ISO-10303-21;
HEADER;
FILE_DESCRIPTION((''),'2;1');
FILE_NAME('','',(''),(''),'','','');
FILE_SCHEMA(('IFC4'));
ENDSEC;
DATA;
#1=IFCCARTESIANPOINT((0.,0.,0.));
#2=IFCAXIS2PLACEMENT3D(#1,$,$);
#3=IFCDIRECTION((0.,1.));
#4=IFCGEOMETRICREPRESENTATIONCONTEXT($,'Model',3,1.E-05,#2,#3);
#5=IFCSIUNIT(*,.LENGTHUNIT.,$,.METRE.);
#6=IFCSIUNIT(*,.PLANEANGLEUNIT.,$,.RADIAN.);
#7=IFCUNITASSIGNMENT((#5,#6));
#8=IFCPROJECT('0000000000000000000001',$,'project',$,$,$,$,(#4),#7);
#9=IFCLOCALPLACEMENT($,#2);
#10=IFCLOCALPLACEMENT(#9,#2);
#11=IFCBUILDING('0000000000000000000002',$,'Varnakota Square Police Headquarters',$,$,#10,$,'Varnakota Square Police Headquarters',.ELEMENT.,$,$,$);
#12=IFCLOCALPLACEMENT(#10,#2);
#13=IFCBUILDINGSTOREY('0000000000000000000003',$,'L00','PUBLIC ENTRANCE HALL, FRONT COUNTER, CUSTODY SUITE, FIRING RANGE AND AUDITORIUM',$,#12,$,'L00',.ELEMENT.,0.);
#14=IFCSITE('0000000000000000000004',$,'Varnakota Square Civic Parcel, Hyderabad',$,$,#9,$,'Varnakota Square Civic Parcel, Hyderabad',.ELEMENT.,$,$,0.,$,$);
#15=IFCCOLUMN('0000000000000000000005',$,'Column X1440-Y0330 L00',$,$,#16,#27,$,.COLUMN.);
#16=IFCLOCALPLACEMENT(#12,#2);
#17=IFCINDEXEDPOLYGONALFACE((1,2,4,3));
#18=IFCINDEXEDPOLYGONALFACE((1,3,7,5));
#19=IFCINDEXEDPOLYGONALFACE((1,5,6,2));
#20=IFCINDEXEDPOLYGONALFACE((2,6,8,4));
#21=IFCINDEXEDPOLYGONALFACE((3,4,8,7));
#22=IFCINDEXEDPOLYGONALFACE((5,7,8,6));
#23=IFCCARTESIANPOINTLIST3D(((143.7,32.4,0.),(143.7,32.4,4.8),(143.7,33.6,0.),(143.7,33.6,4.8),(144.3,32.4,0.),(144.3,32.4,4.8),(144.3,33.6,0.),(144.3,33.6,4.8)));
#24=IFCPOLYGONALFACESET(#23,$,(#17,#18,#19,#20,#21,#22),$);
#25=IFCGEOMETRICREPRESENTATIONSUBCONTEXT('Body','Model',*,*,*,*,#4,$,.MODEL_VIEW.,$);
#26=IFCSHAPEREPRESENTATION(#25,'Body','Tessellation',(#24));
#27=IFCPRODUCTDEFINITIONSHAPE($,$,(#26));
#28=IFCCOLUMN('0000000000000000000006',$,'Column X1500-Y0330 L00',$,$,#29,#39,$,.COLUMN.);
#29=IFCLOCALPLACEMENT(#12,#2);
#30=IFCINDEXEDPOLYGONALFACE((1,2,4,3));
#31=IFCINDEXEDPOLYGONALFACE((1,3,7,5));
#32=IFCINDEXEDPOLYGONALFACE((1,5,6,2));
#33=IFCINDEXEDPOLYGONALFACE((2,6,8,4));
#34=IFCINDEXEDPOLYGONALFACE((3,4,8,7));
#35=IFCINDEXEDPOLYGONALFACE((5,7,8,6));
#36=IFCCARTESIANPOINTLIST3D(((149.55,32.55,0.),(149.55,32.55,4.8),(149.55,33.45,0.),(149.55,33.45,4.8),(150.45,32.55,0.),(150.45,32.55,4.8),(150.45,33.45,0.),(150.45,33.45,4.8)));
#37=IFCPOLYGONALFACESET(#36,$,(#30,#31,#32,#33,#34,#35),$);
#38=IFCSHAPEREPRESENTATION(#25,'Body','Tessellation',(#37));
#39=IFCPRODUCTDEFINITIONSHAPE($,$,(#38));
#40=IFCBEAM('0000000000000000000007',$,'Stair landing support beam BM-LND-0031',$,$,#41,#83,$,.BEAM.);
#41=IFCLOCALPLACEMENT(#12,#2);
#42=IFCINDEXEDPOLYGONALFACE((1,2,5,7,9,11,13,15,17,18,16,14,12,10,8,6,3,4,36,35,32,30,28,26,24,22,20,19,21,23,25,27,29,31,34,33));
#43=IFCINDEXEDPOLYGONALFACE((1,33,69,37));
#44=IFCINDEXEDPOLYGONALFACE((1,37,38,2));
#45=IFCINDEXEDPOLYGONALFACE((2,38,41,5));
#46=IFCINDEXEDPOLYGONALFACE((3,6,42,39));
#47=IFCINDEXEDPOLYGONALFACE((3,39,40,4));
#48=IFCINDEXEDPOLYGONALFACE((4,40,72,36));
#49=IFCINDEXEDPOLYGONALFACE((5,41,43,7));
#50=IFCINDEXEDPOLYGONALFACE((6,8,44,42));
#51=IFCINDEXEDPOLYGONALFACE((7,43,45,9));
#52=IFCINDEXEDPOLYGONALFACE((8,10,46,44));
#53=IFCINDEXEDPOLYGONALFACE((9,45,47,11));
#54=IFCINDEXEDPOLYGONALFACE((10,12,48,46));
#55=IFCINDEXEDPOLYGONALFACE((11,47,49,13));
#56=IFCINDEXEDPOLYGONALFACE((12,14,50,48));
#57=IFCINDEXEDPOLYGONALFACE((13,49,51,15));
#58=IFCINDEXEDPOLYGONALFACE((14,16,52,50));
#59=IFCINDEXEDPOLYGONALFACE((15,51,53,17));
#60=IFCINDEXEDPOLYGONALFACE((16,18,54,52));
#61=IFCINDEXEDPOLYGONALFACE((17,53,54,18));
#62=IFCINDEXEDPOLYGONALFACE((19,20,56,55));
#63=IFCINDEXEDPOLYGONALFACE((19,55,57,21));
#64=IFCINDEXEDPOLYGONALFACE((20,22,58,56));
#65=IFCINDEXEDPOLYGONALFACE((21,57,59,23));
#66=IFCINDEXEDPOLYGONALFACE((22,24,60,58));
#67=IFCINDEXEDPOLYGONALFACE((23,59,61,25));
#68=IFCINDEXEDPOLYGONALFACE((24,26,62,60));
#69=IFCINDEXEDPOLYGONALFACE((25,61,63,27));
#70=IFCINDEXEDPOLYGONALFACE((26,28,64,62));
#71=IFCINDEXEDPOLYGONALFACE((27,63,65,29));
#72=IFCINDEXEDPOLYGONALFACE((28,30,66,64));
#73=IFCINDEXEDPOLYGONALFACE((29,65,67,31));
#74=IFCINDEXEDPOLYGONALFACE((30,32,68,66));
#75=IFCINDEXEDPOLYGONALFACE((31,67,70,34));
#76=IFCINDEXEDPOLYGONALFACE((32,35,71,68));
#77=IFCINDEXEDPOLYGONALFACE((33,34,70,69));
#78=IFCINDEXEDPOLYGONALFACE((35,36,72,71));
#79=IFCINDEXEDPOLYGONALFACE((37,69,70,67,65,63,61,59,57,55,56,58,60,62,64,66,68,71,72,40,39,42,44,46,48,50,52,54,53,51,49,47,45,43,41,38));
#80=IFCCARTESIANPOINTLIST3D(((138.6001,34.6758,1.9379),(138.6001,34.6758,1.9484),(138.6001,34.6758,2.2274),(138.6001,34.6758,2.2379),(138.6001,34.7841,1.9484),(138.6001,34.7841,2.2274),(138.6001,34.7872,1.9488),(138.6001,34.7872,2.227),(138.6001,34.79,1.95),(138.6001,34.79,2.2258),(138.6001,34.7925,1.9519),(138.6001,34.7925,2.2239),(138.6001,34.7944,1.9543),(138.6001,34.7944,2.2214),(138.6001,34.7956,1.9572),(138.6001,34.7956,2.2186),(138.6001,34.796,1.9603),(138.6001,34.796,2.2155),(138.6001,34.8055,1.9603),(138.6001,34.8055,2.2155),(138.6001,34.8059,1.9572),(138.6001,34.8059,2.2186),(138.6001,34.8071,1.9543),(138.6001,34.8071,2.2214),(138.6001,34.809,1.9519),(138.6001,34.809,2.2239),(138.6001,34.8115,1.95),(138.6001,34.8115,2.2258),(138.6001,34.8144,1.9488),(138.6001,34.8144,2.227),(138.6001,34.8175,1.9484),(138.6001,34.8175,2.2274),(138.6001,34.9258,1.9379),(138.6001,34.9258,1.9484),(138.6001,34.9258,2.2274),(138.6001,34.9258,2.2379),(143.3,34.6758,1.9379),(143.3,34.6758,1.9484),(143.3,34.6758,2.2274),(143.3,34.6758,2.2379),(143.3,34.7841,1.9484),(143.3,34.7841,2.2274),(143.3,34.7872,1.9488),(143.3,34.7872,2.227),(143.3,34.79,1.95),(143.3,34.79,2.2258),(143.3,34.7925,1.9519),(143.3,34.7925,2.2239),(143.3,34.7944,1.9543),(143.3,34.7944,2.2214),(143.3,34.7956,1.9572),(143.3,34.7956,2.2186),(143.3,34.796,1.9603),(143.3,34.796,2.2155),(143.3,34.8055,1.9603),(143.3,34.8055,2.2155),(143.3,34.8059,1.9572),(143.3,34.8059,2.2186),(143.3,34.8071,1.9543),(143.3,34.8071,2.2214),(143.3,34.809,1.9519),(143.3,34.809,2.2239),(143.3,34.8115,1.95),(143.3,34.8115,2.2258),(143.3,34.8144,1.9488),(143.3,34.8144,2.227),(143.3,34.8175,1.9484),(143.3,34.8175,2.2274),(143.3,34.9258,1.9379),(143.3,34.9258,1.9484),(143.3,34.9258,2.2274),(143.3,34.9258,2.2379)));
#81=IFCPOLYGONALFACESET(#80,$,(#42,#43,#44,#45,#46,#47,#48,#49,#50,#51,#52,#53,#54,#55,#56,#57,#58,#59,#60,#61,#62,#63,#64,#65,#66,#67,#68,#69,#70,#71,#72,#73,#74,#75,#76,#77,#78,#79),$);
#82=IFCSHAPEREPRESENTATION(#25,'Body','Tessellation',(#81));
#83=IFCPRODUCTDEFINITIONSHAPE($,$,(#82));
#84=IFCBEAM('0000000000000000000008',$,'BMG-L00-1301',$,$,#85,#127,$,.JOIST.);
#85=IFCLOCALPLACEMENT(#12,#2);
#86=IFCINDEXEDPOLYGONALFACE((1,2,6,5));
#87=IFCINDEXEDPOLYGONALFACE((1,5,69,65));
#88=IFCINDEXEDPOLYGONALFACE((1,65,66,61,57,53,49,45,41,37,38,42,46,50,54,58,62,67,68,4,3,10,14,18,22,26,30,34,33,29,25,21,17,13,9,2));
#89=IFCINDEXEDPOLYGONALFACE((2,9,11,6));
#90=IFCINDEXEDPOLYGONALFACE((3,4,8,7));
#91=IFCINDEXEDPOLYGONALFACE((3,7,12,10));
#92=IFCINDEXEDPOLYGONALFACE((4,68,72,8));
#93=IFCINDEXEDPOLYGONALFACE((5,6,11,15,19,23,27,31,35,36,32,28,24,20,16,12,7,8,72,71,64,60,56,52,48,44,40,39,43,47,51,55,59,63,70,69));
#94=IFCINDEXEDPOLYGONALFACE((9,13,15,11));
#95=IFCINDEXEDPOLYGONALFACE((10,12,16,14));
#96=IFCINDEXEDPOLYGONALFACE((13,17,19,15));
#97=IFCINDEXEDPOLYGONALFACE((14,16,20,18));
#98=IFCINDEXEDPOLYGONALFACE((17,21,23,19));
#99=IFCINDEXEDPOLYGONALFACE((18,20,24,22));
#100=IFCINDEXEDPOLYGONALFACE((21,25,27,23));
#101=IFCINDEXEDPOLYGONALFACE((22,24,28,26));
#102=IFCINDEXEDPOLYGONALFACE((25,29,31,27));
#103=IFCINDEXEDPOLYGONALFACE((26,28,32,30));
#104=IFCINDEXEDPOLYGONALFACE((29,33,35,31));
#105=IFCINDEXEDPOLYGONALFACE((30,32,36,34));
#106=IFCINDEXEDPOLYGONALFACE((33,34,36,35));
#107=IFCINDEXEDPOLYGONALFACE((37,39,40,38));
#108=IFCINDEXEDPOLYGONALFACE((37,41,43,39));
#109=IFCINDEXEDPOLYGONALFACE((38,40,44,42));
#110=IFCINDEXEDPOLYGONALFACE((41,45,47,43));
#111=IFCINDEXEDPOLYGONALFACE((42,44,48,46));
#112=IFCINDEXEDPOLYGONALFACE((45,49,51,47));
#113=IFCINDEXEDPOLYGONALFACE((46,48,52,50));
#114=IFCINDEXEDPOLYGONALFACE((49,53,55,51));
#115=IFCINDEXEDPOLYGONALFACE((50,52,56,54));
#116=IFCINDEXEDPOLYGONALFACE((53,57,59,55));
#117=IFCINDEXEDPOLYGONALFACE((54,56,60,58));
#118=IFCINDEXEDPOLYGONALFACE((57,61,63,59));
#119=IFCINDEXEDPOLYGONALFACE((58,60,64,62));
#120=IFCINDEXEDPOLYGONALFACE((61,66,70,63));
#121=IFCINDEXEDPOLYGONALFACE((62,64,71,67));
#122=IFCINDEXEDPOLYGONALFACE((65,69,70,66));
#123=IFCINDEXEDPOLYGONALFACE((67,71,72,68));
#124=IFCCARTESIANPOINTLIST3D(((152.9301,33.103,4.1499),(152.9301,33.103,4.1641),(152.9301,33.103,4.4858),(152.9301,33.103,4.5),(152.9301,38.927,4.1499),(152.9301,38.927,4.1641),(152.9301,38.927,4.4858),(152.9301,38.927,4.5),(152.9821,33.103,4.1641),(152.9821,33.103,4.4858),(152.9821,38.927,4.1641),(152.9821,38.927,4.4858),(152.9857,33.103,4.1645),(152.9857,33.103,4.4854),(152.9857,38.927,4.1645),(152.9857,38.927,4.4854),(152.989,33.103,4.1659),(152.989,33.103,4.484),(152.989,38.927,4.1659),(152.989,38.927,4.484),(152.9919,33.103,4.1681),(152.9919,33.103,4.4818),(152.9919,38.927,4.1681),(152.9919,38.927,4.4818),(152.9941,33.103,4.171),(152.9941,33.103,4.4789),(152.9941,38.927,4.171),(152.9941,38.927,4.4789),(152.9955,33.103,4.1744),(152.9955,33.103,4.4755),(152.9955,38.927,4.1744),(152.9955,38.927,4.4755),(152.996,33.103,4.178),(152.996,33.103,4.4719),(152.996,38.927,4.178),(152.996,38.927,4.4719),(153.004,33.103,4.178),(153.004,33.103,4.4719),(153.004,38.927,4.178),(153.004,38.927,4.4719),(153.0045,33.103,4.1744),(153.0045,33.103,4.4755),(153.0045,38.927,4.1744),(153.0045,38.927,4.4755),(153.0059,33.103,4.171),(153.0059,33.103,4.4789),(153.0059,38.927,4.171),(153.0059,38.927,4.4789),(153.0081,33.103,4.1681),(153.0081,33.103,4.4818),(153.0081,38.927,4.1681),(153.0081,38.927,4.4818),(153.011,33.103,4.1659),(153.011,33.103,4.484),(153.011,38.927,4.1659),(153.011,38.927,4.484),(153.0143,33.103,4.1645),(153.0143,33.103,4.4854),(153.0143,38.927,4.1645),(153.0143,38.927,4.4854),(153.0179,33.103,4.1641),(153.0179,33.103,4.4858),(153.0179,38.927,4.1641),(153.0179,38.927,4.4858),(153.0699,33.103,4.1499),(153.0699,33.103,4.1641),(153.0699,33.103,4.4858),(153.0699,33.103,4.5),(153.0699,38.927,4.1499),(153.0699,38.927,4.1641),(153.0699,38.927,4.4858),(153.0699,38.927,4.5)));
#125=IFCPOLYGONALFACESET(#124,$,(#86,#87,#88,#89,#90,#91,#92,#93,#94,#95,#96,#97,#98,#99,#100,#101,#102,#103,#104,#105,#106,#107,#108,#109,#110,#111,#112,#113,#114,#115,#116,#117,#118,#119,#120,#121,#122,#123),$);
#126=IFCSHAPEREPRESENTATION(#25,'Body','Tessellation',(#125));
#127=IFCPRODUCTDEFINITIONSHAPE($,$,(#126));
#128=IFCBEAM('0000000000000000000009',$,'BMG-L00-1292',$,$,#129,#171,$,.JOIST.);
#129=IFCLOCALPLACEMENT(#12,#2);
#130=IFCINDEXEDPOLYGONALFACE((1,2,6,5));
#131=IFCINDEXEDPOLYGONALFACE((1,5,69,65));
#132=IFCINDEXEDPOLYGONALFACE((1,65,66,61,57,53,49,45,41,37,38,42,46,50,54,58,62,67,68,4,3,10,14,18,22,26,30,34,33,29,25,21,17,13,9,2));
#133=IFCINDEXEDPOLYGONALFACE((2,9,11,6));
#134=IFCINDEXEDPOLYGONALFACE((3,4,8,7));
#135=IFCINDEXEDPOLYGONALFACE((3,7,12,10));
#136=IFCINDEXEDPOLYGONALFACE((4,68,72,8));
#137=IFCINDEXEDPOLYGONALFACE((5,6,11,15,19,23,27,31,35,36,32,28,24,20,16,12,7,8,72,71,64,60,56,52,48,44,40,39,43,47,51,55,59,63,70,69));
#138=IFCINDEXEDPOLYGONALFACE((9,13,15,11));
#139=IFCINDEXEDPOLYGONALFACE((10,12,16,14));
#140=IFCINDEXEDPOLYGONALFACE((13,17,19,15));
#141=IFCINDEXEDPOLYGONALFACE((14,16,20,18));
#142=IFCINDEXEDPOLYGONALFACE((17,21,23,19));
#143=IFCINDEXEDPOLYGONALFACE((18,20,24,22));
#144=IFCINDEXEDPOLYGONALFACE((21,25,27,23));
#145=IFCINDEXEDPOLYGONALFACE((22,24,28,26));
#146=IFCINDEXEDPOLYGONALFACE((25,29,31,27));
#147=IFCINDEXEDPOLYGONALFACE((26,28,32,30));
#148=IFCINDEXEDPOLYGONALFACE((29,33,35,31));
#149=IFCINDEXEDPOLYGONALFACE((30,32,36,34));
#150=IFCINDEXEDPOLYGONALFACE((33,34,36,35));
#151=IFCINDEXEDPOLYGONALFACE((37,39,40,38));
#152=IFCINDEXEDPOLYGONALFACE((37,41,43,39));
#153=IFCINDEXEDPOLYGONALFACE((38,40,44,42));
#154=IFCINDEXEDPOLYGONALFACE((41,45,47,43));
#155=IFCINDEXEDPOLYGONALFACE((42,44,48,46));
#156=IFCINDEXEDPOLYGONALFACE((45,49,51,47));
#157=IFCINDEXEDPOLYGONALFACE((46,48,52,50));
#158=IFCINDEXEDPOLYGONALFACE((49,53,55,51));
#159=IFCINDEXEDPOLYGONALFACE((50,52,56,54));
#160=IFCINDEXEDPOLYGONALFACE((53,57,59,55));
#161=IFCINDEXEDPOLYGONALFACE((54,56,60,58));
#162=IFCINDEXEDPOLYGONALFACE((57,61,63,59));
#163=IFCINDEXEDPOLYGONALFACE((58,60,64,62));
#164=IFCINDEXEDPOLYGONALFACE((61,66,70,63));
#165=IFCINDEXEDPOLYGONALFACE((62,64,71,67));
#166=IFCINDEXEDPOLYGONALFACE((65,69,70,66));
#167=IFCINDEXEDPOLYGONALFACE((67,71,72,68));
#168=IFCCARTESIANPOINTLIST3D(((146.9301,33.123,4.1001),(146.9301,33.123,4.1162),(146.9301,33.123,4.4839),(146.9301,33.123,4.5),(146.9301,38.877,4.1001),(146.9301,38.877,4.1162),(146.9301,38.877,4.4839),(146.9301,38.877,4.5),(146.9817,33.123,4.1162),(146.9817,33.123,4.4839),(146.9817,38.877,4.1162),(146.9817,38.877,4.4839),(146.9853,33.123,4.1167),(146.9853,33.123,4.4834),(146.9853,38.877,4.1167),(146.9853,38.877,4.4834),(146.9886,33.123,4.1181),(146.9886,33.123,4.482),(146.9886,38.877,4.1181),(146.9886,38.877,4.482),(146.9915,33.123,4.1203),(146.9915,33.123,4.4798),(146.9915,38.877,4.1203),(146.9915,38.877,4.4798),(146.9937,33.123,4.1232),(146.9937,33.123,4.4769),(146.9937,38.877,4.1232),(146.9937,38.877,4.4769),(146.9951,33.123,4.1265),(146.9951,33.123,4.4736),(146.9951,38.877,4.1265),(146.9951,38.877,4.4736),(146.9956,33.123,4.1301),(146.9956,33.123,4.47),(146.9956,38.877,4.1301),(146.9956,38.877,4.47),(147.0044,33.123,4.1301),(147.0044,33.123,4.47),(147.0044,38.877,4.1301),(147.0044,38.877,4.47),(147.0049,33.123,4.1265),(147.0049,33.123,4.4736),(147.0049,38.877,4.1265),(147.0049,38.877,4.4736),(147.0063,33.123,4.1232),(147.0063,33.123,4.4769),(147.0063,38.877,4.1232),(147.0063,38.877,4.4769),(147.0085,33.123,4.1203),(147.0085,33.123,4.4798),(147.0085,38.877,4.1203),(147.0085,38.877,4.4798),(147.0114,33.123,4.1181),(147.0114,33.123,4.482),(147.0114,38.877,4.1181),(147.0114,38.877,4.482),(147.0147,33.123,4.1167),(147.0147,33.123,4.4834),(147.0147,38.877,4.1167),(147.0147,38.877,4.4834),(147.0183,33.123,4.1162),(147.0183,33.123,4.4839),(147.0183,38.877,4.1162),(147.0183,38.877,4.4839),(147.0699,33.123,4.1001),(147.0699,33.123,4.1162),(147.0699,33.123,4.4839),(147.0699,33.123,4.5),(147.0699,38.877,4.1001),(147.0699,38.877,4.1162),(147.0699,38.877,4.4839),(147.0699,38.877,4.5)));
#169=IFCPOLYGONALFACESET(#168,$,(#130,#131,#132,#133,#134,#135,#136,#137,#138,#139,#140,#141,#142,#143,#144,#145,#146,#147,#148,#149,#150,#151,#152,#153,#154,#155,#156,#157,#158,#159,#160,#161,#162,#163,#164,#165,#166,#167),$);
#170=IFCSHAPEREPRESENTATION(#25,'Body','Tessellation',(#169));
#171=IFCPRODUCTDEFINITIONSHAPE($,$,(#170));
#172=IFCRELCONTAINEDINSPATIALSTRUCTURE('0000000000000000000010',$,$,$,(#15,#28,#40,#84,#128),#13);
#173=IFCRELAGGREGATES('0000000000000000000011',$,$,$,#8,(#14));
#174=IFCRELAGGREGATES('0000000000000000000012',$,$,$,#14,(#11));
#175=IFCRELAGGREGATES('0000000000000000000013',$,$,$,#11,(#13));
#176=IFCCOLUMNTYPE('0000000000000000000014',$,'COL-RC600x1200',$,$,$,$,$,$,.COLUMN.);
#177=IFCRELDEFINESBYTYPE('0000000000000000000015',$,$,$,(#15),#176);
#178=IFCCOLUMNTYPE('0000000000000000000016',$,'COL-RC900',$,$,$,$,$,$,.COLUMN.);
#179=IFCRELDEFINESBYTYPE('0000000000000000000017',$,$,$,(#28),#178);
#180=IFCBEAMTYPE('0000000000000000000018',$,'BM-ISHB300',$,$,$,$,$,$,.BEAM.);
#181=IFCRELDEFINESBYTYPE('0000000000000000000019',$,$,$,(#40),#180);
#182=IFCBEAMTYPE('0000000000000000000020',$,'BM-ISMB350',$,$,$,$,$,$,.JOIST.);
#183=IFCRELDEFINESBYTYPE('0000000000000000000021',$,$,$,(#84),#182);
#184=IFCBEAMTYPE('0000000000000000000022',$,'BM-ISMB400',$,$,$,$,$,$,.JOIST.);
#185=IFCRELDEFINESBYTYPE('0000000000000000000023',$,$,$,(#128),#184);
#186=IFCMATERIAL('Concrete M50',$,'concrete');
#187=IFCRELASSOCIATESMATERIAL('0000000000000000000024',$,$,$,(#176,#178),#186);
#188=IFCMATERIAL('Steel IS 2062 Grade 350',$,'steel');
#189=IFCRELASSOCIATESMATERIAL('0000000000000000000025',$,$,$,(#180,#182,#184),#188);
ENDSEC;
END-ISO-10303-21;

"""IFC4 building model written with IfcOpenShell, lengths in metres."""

from ifc_helpers import new_model, si_unit, direction, frame, origin, origin_2d, place, context, subcontext, project, spatial, rectangle, i_section, extrude, material, material_profile, profile_set, type_object, element, save


model = new_model("IFC4")

# Units and contexts
model_context = context("Model", 3, precision=1e-05, world=origin(), true_north=direction((0.0, 1.0)))
body_context = subcontext(model_context, "Body", "Model", "MODEL_VIEW")
ifc_project = project(units=[si_unit("LENGTHUNIT", "METRE"), si_unit("PLANEANGLEUNIT", "RADIAN")], contexts=[model_context])

# Site, building, storey
site_placement = place(None, origin())
site = spatial("IfcSite", under=ifc_project, at=site_placement, Name="Varnakota Square Civic Parcel, Hyderabad", LongName="Varnakota Square Civic Parcel, Hyderabad", CompositionType="ELEMENT", RefElevation=0.0)
building_placement = place(site_placement, origin())
building = spatial("IfcBuilding", under=site, at=building_placement, Name="Varnakota Square Police Headquarters", LongName="Varnakota Square Police Headquarters", CompositionType="ELEMENT")
storey_placement = place(building_placement, origin())
storey = spatial("IfcBuildingStorey", under=building, at=storey_placement, Name="L00", Description="PUBLIC ENTRANCE HALL, FRONT COUNTER, CUSTODY SUITE, FIRING RANGE AND AUDITORIUM", LongName="L00", CompositionType="ELEMENT", Elevation=0.0)

# Columns
ifc_material_1 = material(Name="Concrete M50", Category="concrete")
ifc_material_profile_1 = material_profile(ifc_material_1, rectangle(XDim=0.6001, YDim=1.2, at=origin_2d()), Name="RC 600x1200")
ifc_profile_set_1 = profile_set([ifc_material_profile_1], Name="Concrete M50")
column_type_1 = type_object("IfcColumnType", Name="COL-RC600x1200", PredefinedType="COLUMN", material=ifc_profile_set_1)
column_1_placement = place(storey_placement, frame((144.0, 33.0, 0.0), z_axis=(0.0, 0.0, 1.0), x_axis=(1.0, 0.0, 0.0)))
element("IfcColumn", 1, at=column_1_placement, inside=storey, type_object=column_type_1, Name="Column X1440-Y0330 L00", PredefinedType="COLUMN", context=body_context, shape_type="SweptSolid", body=[
    extrude(rectangle(XDim=0.6001, YDim=1.2, at=origin_2d()), origin(), (0.0, 0.0, 1.0), 4.8),
])
ifc_material_profile_2 = material_profile(ifc_material_1, rectangle(XDim=0.8999, YDim=0.8999, at=origin_2d()), Name="RC 900x900")
ifc_profile_set_2 = profile_set([ifc_material_profile_2], Name="Concrete M50")
column_type_2 = type_object("IfcColumnType", Name="COL-RC900", PredefinedType="COLUMN", material=ifc_profile_set_2)
column_2_placement = place(storey_placement, frame((150.0, 33.0, 0.0), z_axis=(0.0, 0.0, 1.0), x_axis=(1.0, 0.0, 0.0)))
element("IfcColumn", 2, at=column_2_placement, inside=storey, type_object=column_type_2, Name="Column X1500-Y0330 L00", PredefinedType="COLUMN", context=body_context, shape_type="SweptSolid", body=[
    extrude(rectangle(XDim=0.8999, YDim=0.8999, at=origin_2d()), origin(), (0.0, 0.0, 1.0), 4.8),
])

# Beams
ifc_material_2 = material(Name="Steel IS 2062 Grade 350", Category="steel")
ifc_material_profile_3 = material_profile(ifc_material_2, i_section(OverallWidth=0.25, OverallDepth=0.3, WebThickness=0.0095, FlangeThickness=0.0105, FilletRadius=0.012, at=origin_2d()), Name="ISHB 300")
ifc_profile_set_3 = profile_set([ifc_material_profile_3], Name="Steel IS 2062 Grade 350")
beam_type_1 = type_object("IfcBeamType", Name="BM-ISHB300", PredefinedType="BEAM", material=ifc_profile_set_3)
beam_1_placement = place(storey_placement, frame((138.6001, 34.8008, 2.0879), z_axis=(1.0, 0.0, 0.0), x_axis=(0.0, 1.0, 0.0)))
element("IfcBeam", 3, at=beam_1_placement, inside=storey, type_object=beam_type_1, Name="Stair landing support beam BM-LND-0031", PredefinedType="BEAM", context=body_context, shape_type="SweptSolid", body=[
    extrude(i_section(OverallWidth=0.25, OverallDepth=0.3, WebThickness=0.0095, FlangeThickness=0.0105, FilletRadius=0.012, at=origin_2d()), origin(), (0.0, 0.0, 1.0), 4.7),
])
ifc_material_profile_4 = material_profile(ifc_material_2, i_section(OverallWidth=0.1399, OverallDepth=0.3501, WebThickness=0.0081, FlangeThickness=0.0142, FilletRadius=0.0139, at=origin_2d()), Name="ISMB 350")
ifc_profile_set_4 = profile_set([ifc_material_profile_4], Name="Steel IS 2062 Grade 350")
beam_type_2 = type_object("IfcBeamType", Name="BM-ISMB350", PredefinedType="JOIST", material=ifc_profile_set_4)
beam_2_placement = place(storey_placement, frame((153.0, 33.103, 4.325), z_axis=(0.0, 1.0, 0.0), x_axis=(-1.0, 0.0, 0.0)))
element("IfcBeam", 4, at=beam_2_placement, inside=storey, type_object=beam_type_2, Name="BMG-L00-1301", PredefinedType="JOIST", context=body_context, shape_type="SweptSolid", body=[
    extrude(i_section(OverallWidth=0.1399, OverallDepth=0.3501, WebThickness=0.0081, FlangeThickness=0.0142, FilletRadius=0.0139, at=origin_2d()), origin(), (0.0, 0.0, 1.0), 5.824),
])
ifc_material_profile_5 = material_profile(ifc_material_2, i_section(OverallWidth=0.1399, OverallDepth=0.3999, WebThickness=0.0088, FlangeThickness=0.0161, FilletRadius=0.0139, at=origin_2d()), Name="ISMB 400")
ifc_profile_set_5 = profile_set([ifc_material_profile_5], Name="Steel IS 2062 Grade 350")
beam_type_3 = type_object("IfcBeamType", Name="BM-ISMB400", PredefinedType="JOIST", material=ifc_profile_set_5)
beam_3_placement = place(storey_placement, frame((147.0, 33.123, 4.3), z_axis=(0.0, 1.0, 0.0), x_axis=(-1.0, 0.0, 0.0)))
element("IfcBeam", 5, at=beam_3_placement, inside=storey, type_object=beam_type_3, Name="BMG-L00-1292", PredefinedType="JOIST", context=body_context, shape_type="SweptSolid", body=[
    extrude(i_section(OverallWidth=0.1399, OverallDepth=0.3999, WebThickness=0.0088, FlangeThickness=0.0161, FilletRadius=0.0139, at=origin_2d()), origin(), (0.0, 0.0, 1.0), 5.7539),
])

save(model, "model.ifc")
